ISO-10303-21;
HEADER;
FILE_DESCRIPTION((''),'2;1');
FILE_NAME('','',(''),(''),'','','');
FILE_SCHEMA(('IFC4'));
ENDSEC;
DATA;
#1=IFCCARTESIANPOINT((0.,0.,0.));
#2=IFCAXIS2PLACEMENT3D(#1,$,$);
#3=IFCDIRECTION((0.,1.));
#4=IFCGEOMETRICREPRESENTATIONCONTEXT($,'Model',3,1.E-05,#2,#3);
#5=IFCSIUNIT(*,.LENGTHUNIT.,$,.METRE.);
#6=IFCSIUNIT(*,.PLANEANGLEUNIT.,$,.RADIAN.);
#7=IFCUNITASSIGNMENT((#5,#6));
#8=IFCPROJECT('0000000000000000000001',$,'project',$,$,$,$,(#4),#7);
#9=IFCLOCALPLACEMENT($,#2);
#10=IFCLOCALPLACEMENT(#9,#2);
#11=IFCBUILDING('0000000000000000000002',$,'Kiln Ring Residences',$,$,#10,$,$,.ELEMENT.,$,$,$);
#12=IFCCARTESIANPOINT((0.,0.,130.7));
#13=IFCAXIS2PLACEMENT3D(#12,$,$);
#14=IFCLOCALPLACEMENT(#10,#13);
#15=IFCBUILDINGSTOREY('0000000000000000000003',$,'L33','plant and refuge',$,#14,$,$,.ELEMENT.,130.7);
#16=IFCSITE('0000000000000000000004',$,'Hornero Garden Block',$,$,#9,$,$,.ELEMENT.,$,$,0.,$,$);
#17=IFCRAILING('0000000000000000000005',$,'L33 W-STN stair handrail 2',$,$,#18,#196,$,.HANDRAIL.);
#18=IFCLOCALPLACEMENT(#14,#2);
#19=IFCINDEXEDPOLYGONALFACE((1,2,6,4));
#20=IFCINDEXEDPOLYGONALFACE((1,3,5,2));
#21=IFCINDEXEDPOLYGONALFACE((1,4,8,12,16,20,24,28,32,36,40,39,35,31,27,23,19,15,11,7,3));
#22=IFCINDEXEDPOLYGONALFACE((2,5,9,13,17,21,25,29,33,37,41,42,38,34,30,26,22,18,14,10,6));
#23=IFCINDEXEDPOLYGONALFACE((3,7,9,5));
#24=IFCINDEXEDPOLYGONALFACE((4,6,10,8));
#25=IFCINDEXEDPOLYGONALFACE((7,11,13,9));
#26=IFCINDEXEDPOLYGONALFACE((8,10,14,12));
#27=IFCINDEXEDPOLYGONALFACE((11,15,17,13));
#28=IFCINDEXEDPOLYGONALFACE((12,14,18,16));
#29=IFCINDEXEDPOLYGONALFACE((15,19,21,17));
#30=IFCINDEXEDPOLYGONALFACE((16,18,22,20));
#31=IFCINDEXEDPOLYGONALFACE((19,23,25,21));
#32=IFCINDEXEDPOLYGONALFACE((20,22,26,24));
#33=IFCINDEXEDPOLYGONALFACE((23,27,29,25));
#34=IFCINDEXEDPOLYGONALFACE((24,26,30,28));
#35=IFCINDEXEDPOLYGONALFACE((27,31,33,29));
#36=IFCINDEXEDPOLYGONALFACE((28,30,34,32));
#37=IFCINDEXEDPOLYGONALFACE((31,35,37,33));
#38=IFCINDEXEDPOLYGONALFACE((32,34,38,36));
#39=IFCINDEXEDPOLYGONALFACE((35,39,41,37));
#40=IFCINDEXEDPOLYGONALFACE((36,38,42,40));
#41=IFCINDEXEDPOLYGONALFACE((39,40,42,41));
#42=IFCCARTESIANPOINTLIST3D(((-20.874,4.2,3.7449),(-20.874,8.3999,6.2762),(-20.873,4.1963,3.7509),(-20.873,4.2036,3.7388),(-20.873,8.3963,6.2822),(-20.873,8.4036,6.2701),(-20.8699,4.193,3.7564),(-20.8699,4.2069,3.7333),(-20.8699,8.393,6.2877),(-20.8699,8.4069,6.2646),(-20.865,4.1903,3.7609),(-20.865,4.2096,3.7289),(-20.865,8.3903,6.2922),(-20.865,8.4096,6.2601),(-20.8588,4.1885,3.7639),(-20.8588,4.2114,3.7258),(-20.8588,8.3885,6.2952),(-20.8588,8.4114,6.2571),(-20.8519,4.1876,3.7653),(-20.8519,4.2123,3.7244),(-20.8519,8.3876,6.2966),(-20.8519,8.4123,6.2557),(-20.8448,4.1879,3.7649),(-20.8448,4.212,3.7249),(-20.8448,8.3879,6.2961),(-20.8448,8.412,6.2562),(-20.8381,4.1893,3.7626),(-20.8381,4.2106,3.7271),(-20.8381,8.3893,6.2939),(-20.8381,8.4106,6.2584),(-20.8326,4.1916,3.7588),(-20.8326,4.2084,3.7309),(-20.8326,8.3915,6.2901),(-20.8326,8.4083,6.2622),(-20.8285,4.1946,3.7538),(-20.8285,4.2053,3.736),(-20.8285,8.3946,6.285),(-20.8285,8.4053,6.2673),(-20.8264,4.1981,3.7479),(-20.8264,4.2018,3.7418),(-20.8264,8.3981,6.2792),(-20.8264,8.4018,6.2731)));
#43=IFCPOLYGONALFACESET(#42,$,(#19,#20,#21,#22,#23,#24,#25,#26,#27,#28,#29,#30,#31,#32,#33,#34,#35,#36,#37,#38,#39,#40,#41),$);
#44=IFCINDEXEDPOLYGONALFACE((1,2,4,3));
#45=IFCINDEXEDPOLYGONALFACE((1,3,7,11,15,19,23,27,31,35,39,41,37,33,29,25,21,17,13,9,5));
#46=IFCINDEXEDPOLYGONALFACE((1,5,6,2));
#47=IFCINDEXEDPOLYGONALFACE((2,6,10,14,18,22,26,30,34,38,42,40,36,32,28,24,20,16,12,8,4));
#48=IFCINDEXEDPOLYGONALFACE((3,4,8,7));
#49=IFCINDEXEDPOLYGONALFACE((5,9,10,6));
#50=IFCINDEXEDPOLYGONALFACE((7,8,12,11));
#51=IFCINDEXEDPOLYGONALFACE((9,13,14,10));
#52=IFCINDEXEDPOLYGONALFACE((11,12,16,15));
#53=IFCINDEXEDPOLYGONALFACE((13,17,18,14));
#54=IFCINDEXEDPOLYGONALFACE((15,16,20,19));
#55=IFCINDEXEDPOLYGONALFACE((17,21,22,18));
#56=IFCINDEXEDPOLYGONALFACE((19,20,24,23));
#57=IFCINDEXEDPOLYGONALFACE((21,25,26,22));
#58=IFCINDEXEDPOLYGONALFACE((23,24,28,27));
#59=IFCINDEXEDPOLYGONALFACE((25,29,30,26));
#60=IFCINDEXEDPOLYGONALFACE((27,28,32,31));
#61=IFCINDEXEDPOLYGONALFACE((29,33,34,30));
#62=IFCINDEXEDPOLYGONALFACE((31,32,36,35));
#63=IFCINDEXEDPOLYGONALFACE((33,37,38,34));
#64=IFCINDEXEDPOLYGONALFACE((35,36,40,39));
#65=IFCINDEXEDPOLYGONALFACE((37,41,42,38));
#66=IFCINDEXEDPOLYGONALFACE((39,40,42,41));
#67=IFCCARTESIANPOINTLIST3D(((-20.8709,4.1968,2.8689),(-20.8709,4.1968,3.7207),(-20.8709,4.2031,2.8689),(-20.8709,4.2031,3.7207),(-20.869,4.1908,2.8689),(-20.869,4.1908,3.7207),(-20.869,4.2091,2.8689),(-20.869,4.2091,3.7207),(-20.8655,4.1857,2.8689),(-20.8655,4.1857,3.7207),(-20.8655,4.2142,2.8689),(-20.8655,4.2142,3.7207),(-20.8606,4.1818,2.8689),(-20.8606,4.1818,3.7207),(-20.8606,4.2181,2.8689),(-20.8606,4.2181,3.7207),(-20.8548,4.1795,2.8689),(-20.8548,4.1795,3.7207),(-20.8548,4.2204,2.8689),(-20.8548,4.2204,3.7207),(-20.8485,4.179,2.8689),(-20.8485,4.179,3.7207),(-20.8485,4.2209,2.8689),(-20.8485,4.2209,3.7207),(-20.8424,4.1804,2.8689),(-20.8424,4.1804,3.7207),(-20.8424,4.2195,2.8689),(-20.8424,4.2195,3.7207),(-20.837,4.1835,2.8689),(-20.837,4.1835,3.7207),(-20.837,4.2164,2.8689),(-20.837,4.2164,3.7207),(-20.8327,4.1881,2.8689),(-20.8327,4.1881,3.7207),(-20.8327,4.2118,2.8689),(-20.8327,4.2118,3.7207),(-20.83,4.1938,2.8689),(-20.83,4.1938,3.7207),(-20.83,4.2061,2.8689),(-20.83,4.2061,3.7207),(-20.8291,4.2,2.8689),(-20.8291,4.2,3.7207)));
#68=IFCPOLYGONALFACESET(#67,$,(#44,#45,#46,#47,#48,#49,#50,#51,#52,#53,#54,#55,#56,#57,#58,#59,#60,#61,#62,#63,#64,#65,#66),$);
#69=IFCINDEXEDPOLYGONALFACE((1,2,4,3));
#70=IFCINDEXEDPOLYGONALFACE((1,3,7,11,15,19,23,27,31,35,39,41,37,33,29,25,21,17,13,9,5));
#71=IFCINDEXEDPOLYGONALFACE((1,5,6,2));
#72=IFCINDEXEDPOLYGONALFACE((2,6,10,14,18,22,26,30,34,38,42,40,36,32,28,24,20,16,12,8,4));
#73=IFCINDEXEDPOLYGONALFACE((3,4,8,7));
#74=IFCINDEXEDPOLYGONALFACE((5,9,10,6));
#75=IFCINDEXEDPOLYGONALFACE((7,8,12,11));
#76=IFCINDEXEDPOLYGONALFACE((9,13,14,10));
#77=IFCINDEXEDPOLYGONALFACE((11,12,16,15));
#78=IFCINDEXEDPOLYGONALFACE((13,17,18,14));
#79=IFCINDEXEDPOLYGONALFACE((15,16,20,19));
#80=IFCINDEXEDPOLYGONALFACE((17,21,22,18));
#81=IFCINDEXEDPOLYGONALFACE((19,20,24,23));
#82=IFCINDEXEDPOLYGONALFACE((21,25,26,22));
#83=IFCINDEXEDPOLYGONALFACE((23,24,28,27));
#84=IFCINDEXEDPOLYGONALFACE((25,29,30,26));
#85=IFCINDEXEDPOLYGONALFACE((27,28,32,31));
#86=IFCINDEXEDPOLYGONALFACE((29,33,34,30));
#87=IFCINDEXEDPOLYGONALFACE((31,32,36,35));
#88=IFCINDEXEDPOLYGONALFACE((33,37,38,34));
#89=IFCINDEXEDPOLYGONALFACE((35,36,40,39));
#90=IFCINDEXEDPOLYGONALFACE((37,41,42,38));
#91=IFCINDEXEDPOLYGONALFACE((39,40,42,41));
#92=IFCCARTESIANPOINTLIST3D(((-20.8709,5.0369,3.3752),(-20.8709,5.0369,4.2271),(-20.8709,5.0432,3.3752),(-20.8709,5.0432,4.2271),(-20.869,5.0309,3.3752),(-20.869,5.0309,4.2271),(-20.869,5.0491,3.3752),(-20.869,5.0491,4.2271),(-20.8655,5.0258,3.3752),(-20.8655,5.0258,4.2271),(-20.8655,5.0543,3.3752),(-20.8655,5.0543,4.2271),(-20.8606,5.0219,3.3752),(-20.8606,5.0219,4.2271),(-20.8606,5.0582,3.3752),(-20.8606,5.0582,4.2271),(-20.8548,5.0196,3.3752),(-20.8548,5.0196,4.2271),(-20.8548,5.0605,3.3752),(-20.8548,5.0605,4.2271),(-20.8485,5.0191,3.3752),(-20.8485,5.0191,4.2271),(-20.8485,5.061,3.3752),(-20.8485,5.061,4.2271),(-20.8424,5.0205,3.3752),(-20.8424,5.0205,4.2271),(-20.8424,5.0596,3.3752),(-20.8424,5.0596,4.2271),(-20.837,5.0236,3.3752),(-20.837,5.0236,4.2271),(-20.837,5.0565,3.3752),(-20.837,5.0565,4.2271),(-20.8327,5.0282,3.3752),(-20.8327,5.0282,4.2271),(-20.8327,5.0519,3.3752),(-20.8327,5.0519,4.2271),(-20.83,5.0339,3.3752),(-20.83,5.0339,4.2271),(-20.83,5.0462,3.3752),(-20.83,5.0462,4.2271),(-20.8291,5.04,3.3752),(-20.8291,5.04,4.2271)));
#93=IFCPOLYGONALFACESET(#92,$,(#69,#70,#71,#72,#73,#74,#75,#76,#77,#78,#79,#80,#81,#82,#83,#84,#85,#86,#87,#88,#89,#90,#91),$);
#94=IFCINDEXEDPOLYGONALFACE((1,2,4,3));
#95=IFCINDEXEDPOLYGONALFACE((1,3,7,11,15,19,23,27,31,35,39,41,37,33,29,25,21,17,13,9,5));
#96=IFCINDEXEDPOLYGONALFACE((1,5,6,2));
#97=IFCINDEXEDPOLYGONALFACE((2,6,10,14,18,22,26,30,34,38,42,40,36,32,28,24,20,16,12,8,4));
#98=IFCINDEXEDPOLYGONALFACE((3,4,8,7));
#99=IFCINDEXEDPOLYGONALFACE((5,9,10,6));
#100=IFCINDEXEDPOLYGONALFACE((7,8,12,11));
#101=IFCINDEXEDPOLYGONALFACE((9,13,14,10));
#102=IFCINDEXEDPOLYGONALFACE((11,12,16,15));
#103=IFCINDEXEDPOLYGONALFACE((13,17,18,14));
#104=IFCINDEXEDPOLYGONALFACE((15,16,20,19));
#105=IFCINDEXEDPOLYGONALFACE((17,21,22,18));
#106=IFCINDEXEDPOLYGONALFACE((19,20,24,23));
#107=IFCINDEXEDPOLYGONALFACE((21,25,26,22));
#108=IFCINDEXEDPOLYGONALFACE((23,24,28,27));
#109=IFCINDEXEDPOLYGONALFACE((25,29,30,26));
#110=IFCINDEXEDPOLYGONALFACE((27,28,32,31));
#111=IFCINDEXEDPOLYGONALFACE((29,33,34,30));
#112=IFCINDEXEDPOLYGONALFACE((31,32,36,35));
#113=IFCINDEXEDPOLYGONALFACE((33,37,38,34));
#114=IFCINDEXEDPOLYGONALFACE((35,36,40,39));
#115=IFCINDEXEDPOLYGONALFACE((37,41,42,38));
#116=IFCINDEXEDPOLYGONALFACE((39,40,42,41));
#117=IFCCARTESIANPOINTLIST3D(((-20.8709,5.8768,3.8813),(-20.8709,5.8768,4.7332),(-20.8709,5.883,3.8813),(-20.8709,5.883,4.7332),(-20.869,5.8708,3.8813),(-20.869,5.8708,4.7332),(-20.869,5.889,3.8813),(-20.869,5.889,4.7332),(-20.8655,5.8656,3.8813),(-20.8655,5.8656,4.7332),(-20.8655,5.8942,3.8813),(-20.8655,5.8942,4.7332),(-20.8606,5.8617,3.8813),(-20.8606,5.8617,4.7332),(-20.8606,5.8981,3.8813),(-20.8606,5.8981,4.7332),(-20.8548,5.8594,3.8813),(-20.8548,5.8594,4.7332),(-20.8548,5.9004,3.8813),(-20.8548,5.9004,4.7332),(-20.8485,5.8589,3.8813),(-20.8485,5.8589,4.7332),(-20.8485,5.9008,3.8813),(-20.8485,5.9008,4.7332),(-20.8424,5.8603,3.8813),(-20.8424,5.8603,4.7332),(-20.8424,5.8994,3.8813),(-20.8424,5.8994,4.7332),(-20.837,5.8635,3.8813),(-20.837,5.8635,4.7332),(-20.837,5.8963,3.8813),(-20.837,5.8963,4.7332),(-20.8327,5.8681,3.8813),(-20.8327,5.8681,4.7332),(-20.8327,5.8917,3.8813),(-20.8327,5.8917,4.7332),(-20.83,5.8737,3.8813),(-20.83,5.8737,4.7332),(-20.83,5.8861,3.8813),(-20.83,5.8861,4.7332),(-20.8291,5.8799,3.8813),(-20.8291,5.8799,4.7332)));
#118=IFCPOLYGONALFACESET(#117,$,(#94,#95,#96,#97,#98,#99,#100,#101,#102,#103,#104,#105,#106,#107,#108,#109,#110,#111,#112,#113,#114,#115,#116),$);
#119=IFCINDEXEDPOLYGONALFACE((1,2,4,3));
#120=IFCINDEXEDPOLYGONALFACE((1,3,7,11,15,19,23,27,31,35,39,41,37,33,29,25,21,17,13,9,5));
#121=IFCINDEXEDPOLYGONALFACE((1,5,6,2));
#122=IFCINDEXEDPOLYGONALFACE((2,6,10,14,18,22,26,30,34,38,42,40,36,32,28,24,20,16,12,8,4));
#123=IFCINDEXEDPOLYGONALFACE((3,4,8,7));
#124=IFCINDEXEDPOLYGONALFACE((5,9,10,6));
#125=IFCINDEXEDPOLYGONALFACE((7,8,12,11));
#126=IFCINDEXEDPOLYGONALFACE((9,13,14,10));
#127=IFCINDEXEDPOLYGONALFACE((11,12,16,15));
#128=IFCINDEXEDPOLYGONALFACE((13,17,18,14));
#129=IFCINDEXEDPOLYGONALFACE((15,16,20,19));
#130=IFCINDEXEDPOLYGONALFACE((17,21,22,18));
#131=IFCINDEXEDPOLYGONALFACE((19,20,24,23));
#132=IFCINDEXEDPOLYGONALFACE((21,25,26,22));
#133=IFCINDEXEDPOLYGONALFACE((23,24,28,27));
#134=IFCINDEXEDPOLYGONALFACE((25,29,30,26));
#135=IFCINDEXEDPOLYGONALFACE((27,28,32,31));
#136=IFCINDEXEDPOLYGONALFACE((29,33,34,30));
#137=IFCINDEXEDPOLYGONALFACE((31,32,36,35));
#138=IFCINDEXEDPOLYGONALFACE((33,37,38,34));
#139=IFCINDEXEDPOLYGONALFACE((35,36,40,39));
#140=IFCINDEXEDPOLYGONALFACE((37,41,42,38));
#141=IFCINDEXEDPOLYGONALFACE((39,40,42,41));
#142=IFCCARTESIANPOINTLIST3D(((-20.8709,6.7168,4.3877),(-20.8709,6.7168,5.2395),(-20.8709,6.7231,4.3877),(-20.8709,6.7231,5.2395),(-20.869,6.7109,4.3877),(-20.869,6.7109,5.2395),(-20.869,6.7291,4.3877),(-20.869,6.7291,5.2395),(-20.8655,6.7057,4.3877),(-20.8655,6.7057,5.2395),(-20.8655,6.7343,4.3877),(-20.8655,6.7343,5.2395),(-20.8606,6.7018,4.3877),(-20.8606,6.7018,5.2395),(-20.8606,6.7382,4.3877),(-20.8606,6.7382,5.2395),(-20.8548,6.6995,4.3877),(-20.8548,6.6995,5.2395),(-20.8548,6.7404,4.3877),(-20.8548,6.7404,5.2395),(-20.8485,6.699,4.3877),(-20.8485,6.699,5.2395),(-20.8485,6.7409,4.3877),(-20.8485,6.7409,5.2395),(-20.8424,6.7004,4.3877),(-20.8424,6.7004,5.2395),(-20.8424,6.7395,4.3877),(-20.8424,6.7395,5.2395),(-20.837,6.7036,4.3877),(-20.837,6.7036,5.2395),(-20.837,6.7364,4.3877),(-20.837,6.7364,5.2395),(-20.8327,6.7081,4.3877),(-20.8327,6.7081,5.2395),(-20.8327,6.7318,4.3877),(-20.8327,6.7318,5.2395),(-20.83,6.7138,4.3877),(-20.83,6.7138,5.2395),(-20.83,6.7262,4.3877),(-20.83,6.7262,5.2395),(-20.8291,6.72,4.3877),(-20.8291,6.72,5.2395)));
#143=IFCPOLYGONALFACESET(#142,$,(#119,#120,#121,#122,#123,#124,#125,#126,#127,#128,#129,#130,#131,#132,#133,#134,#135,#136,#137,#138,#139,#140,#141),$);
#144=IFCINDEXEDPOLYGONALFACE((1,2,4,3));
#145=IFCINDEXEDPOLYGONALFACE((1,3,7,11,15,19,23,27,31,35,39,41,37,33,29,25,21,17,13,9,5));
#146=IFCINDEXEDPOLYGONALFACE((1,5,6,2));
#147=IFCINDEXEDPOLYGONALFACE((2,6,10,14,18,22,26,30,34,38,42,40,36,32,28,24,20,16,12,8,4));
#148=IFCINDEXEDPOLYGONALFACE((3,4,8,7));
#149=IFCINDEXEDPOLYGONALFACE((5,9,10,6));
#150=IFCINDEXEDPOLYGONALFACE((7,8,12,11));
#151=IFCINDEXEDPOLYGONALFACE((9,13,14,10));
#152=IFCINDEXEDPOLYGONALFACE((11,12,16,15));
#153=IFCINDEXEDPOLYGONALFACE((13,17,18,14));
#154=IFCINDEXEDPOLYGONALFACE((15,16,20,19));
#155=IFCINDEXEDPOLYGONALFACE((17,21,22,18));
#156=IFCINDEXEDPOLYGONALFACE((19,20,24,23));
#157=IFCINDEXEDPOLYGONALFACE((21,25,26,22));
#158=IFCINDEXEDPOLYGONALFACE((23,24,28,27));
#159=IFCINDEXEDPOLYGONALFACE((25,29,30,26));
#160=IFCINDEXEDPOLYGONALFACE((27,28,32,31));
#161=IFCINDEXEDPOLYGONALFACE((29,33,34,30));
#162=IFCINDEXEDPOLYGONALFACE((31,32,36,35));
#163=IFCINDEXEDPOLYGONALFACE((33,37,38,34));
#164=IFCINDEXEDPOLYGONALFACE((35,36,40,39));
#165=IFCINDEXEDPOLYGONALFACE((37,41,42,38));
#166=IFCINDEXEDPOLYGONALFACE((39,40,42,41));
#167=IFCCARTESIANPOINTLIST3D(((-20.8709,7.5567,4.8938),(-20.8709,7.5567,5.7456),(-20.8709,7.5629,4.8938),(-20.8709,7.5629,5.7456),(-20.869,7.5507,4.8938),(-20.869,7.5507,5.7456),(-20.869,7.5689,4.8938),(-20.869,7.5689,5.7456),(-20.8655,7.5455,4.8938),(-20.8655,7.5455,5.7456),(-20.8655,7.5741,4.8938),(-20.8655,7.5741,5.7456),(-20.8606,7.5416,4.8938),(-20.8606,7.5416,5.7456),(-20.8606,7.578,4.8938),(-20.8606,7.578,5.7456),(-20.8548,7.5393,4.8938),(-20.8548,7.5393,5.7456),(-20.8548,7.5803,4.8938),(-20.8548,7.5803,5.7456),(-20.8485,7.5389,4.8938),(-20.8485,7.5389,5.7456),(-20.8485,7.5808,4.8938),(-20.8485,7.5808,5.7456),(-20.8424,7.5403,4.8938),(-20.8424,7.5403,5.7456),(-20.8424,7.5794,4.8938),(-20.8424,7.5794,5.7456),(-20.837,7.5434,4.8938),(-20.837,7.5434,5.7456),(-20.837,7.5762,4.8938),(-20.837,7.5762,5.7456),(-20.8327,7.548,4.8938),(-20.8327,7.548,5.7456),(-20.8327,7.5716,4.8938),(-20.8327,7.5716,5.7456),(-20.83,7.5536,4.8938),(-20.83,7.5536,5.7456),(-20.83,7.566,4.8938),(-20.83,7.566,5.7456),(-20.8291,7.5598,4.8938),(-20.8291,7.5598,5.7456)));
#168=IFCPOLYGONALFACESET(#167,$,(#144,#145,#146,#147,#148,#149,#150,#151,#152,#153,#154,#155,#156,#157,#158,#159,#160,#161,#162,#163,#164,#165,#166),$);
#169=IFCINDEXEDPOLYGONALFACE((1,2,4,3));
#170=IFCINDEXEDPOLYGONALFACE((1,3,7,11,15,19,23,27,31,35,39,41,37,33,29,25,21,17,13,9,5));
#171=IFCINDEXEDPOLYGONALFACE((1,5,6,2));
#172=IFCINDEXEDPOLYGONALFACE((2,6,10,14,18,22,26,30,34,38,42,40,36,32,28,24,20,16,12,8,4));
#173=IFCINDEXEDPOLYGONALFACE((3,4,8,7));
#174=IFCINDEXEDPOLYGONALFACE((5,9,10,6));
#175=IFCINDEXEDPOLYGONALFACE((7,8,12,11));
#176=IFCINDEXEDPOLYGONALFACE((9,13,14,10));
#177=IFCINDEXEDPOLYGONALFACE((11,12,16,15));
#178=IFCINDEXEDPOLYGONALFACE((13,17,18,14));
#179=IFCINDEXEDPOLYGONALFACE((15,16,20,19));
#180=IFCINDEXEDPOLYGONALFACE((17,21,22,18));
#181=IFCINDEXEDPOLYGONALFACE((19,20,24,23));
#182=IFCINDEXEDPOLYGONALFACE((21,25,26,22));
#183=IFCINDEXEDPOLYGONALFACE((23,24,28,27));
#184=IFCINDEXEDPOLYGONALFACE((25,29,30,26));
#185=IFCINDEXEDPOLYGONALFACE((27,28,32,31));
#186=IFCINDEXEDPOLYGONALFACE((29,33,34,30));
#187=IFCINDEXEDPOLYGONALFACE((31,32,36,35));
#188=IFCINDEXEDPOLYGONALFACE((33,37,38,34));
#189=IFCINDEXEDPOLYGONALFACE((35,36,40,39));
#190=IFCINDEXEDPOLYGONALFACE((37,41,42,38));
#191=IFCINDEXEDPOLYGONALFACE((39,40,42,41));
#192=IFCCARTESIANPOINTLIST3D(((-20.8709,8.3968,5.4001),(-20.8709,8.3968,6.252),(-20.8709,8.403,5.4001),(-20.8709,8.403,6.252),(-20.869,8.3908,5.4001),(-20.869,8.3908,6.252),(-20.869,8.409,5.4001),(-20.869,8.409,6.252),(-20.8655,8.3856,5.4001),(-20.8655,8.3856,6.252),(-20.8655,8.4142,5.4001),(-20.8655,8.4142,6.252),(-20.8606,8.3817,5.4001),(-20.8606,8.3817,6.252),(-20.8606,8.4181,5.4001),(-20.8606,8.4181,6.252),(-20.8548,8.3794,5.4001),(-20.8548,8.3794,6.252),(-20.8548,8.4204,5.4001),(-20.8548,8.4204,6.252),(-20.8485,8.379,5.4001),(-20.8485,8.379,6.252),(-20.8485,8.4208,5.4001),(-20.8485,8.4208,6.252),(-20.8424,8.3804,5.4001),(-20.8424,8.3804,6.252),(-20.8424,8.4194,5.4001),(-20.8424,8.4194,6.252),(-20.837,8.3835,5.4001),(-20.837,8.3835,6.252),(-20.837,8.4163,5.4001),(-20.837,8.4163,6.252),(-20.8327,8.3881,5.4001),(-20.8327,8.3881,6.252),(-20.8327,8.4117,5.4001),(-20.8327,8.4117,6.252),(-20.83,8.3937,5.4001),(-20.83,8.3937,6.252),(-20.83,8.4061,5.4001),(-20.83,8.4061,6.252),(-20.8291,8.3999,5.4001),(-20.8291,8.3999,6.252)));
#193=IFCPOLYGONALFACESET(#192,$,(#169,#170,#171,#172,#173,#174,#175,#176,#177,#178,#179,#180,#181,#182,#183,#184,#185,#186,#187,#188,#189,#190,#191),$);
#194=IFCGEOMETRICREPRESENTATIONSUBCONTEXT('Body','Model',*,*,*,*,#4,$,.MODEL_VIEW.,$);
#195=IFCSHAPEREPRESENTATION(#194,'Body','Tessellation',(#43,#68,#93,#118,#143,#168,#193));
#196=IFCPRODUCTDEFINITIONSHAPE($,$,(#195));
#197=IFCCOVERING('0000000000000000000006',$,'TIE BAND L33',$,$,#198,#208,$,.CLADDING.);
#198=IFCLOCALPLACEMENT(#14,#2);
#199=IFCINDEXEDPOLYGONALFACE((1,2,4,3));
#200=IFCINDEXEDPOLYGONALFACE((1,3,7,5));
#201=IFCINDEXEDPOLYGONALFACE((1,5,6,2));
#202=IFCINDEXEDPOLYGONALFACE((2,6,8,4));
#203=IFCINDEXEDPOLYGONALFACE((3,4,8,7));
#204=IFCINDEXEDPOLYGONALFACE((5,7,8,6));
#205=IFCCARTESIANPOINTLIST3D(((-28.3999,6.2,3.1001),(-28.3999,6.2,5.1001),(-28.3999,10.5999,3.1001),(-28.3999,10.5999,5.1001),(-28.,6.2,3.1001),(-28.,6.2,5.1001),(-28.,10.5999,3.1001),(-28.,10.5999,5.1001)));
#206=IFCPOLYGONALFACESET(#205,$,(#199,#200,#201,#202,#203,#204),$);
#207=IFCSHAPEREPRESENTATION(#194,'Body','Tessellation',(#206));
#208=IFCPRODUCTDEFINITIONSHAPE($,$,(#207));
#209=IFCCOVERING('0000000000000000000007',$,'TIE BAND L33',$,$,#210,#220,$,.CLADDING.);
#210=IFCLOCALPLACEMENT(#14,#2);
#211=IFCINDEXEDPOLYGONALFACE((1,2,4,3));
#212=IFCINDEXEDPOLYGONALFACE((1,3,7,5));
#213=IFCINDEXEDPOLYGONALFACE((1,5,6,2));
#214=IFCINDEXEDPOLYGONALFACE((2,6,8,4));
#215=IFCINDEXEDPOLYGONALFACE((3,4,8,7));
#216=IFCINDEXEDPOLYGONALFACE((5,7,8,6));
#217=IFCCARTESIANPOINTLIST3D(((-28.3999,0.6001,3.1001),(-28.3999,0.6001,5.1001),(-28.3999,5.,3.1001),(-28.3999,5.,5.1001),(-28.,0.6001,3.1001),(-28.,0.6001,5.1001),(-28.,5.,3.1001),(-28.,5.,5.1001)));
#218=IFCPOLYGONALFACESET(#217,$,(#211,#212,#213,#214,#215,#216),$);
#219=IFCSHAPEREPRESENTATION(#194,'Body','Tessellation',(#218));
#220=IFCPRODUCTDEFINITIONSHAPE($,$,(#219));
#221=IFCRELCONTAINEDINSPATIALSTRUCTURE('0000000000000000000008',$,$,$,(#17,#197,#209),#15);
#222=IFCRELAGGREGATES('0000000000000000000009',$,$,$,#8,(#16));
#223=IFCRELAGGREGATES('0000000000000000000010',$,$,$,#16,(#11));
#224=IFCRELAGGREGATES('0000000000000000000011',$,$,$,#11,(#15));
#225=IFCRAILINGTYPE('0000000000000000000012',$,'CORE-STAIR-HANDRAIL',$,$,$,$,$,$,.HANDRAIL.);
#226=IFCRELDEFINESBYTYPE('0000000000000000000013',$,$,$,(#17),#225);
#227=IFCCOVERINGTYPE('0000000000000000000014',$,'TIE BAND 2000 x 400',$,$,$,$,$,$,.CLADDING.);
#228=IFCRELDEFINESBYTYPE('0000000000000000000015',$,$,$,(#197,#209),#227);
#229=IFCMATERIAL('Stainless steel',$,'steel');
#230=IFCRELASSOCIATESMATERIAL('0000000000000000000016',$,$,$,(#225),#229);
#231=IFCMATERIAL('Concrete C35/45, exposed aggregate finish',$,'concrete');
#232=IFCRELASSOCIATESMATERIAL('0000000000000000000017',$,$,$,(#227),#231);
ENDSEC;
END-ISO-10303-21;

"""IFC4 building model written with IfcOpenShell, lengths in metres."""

from ifc_helpers import new_model, si_unit, direction, frame, origin, origin_2d, place, context, subcontext, project, spatial, rectangle, circle, extrude, material, type_object, element, save


model = new_model("IFC4")

# Units and contexts
model_context = context("Model", 3, precision=1e-05, world=origin(), true_north=direction((0.0, 1.0)))
body_context = subcontext(model_context, "Body", "Model", "MODEL_VIEW")
ifc_project = project(units=[si_unit("LENGTHUNIT", "METRE"), si_unit("PLANEANGLEUNIT", "RADIAN")], contexts=[model_context])

# Site, building, storey
site_placement = place(None, origin())
site = spatial("IfcSite", under=ifc_project, at=site_placement, Name="Hornero Garden Block", CompositionType="ELEMENT", RefElevation=0.0)
building_placement = place(site_placement, origin())
building = spatial("IfcBuilding", under=site, at=building_placement, Name="Kiln Ring Residences", CompositionType="ELEMENT")
storey_placement = place(building_placement, frame((0.0, 0.0, 130.7)))
storey = spatial("IfcBuildingStorey", under=building, at=storey_placement, Name="L33", Description="plant and refuge", CompositionType="ELEMENT", Elevation=130.7)

# Railing
ifc_material_1 = material(Name="Stainless steel", Category="steel")
railing_type_1 = type_object("IfcRailingType", Name="CORE-STAIR-HANDRAIL", PredefinedType="HANDRAIL", material=ifc_material_1)
railing_1_placement = place(storey_placement, frame((-20.8501, 4.2, 2.8689)))
element("IfcRailing", 1, at=railing_1_placement, inside=storey, type_object=railing_type_1, Name="L33 W-STN stair handrail 2", PredefinedType="HANDRAIL", context=body_context, shape_type="SweptSolid", body=[
    extrude(circle(Radius=0.0239, at=origin_2d()), frame((0.0, 0.0, 0.876), z_axis=(0.0, 0.856476, 0.516186), x_axis=(-1.0, 0.0, 0.0)), (0.0, 0.0, 1.0), 4.9038),
    extrude(circle(Radius=0.021, at=origin_2d()), origin(), (0.0, 0.0, 1.0), 0.8518),
    extrude(circle(Radius=0.021, at=origin_2d()), frame((0.0, 0.8401, 0.5063)), (0.0, 0.0, 1.0), 0.8518),
    extrude(circle(Radius=0.021, at=origin_2d()), frame((0.0, 1.6799, 1.0125)), (0.0, 0.0, 1.0), 0.8518),
    extrude(circle(Radius=0.021, at=origin_2d()), frame((0.0, 2.52, 1.5188)), (0.0, 0.0, 1.0), 0.8518),
    extrude(circle(Radius=0.021, at=origin_2d()), frame((0.0, 3.3599, 2.0249)), (0.0, 0.0, 1.0), 0.8518),
    extrude(circle(Radius=0.021, at=origin_2d()), frame((0.0, 4.2, 2.5312)), (0.0, 0.0, 1.0), 0.8518),
])

# Coverings
ifc_material_2 = material(Name="Concrete C35/45, exposed aggregate finish", Category="concrete")
covering_type = type_object("IfcCoveringType", Name="TIE BAND 2000 x 400", PredefinedType="CLADDING", material=ifc_material_2)
for number, where, z_axis, x_axis, name in (
    (2, (-28.2, 8.3999, 3.1001), (0.0, 0.0, 1.0), (0.0, -1.0, 0.0), "TIE BAND L33"),
    (3, (-28.2, 2.8, 3.1001), (0.0, 0.0, 1.0), (0.0, -1.0, 0.0), "TIE BAND L33"),
):
    element("IfcCovering", number, at=place(storey_placement, frame(where, z_axis=z_axis, x_axis=x_axis)), inside=storey, type_object=covering_type, Name=name, PredefinedType="CLADDING", context=body_context, shape_type="SweptSolid", body=[
        extrude(rectangle(XDim=4.3999, YDim=0.3999, at=origin_2d()), origin(), (0.0, 0.0, 1.0), 2.0),
    ])

save(model, "model.ifc")
